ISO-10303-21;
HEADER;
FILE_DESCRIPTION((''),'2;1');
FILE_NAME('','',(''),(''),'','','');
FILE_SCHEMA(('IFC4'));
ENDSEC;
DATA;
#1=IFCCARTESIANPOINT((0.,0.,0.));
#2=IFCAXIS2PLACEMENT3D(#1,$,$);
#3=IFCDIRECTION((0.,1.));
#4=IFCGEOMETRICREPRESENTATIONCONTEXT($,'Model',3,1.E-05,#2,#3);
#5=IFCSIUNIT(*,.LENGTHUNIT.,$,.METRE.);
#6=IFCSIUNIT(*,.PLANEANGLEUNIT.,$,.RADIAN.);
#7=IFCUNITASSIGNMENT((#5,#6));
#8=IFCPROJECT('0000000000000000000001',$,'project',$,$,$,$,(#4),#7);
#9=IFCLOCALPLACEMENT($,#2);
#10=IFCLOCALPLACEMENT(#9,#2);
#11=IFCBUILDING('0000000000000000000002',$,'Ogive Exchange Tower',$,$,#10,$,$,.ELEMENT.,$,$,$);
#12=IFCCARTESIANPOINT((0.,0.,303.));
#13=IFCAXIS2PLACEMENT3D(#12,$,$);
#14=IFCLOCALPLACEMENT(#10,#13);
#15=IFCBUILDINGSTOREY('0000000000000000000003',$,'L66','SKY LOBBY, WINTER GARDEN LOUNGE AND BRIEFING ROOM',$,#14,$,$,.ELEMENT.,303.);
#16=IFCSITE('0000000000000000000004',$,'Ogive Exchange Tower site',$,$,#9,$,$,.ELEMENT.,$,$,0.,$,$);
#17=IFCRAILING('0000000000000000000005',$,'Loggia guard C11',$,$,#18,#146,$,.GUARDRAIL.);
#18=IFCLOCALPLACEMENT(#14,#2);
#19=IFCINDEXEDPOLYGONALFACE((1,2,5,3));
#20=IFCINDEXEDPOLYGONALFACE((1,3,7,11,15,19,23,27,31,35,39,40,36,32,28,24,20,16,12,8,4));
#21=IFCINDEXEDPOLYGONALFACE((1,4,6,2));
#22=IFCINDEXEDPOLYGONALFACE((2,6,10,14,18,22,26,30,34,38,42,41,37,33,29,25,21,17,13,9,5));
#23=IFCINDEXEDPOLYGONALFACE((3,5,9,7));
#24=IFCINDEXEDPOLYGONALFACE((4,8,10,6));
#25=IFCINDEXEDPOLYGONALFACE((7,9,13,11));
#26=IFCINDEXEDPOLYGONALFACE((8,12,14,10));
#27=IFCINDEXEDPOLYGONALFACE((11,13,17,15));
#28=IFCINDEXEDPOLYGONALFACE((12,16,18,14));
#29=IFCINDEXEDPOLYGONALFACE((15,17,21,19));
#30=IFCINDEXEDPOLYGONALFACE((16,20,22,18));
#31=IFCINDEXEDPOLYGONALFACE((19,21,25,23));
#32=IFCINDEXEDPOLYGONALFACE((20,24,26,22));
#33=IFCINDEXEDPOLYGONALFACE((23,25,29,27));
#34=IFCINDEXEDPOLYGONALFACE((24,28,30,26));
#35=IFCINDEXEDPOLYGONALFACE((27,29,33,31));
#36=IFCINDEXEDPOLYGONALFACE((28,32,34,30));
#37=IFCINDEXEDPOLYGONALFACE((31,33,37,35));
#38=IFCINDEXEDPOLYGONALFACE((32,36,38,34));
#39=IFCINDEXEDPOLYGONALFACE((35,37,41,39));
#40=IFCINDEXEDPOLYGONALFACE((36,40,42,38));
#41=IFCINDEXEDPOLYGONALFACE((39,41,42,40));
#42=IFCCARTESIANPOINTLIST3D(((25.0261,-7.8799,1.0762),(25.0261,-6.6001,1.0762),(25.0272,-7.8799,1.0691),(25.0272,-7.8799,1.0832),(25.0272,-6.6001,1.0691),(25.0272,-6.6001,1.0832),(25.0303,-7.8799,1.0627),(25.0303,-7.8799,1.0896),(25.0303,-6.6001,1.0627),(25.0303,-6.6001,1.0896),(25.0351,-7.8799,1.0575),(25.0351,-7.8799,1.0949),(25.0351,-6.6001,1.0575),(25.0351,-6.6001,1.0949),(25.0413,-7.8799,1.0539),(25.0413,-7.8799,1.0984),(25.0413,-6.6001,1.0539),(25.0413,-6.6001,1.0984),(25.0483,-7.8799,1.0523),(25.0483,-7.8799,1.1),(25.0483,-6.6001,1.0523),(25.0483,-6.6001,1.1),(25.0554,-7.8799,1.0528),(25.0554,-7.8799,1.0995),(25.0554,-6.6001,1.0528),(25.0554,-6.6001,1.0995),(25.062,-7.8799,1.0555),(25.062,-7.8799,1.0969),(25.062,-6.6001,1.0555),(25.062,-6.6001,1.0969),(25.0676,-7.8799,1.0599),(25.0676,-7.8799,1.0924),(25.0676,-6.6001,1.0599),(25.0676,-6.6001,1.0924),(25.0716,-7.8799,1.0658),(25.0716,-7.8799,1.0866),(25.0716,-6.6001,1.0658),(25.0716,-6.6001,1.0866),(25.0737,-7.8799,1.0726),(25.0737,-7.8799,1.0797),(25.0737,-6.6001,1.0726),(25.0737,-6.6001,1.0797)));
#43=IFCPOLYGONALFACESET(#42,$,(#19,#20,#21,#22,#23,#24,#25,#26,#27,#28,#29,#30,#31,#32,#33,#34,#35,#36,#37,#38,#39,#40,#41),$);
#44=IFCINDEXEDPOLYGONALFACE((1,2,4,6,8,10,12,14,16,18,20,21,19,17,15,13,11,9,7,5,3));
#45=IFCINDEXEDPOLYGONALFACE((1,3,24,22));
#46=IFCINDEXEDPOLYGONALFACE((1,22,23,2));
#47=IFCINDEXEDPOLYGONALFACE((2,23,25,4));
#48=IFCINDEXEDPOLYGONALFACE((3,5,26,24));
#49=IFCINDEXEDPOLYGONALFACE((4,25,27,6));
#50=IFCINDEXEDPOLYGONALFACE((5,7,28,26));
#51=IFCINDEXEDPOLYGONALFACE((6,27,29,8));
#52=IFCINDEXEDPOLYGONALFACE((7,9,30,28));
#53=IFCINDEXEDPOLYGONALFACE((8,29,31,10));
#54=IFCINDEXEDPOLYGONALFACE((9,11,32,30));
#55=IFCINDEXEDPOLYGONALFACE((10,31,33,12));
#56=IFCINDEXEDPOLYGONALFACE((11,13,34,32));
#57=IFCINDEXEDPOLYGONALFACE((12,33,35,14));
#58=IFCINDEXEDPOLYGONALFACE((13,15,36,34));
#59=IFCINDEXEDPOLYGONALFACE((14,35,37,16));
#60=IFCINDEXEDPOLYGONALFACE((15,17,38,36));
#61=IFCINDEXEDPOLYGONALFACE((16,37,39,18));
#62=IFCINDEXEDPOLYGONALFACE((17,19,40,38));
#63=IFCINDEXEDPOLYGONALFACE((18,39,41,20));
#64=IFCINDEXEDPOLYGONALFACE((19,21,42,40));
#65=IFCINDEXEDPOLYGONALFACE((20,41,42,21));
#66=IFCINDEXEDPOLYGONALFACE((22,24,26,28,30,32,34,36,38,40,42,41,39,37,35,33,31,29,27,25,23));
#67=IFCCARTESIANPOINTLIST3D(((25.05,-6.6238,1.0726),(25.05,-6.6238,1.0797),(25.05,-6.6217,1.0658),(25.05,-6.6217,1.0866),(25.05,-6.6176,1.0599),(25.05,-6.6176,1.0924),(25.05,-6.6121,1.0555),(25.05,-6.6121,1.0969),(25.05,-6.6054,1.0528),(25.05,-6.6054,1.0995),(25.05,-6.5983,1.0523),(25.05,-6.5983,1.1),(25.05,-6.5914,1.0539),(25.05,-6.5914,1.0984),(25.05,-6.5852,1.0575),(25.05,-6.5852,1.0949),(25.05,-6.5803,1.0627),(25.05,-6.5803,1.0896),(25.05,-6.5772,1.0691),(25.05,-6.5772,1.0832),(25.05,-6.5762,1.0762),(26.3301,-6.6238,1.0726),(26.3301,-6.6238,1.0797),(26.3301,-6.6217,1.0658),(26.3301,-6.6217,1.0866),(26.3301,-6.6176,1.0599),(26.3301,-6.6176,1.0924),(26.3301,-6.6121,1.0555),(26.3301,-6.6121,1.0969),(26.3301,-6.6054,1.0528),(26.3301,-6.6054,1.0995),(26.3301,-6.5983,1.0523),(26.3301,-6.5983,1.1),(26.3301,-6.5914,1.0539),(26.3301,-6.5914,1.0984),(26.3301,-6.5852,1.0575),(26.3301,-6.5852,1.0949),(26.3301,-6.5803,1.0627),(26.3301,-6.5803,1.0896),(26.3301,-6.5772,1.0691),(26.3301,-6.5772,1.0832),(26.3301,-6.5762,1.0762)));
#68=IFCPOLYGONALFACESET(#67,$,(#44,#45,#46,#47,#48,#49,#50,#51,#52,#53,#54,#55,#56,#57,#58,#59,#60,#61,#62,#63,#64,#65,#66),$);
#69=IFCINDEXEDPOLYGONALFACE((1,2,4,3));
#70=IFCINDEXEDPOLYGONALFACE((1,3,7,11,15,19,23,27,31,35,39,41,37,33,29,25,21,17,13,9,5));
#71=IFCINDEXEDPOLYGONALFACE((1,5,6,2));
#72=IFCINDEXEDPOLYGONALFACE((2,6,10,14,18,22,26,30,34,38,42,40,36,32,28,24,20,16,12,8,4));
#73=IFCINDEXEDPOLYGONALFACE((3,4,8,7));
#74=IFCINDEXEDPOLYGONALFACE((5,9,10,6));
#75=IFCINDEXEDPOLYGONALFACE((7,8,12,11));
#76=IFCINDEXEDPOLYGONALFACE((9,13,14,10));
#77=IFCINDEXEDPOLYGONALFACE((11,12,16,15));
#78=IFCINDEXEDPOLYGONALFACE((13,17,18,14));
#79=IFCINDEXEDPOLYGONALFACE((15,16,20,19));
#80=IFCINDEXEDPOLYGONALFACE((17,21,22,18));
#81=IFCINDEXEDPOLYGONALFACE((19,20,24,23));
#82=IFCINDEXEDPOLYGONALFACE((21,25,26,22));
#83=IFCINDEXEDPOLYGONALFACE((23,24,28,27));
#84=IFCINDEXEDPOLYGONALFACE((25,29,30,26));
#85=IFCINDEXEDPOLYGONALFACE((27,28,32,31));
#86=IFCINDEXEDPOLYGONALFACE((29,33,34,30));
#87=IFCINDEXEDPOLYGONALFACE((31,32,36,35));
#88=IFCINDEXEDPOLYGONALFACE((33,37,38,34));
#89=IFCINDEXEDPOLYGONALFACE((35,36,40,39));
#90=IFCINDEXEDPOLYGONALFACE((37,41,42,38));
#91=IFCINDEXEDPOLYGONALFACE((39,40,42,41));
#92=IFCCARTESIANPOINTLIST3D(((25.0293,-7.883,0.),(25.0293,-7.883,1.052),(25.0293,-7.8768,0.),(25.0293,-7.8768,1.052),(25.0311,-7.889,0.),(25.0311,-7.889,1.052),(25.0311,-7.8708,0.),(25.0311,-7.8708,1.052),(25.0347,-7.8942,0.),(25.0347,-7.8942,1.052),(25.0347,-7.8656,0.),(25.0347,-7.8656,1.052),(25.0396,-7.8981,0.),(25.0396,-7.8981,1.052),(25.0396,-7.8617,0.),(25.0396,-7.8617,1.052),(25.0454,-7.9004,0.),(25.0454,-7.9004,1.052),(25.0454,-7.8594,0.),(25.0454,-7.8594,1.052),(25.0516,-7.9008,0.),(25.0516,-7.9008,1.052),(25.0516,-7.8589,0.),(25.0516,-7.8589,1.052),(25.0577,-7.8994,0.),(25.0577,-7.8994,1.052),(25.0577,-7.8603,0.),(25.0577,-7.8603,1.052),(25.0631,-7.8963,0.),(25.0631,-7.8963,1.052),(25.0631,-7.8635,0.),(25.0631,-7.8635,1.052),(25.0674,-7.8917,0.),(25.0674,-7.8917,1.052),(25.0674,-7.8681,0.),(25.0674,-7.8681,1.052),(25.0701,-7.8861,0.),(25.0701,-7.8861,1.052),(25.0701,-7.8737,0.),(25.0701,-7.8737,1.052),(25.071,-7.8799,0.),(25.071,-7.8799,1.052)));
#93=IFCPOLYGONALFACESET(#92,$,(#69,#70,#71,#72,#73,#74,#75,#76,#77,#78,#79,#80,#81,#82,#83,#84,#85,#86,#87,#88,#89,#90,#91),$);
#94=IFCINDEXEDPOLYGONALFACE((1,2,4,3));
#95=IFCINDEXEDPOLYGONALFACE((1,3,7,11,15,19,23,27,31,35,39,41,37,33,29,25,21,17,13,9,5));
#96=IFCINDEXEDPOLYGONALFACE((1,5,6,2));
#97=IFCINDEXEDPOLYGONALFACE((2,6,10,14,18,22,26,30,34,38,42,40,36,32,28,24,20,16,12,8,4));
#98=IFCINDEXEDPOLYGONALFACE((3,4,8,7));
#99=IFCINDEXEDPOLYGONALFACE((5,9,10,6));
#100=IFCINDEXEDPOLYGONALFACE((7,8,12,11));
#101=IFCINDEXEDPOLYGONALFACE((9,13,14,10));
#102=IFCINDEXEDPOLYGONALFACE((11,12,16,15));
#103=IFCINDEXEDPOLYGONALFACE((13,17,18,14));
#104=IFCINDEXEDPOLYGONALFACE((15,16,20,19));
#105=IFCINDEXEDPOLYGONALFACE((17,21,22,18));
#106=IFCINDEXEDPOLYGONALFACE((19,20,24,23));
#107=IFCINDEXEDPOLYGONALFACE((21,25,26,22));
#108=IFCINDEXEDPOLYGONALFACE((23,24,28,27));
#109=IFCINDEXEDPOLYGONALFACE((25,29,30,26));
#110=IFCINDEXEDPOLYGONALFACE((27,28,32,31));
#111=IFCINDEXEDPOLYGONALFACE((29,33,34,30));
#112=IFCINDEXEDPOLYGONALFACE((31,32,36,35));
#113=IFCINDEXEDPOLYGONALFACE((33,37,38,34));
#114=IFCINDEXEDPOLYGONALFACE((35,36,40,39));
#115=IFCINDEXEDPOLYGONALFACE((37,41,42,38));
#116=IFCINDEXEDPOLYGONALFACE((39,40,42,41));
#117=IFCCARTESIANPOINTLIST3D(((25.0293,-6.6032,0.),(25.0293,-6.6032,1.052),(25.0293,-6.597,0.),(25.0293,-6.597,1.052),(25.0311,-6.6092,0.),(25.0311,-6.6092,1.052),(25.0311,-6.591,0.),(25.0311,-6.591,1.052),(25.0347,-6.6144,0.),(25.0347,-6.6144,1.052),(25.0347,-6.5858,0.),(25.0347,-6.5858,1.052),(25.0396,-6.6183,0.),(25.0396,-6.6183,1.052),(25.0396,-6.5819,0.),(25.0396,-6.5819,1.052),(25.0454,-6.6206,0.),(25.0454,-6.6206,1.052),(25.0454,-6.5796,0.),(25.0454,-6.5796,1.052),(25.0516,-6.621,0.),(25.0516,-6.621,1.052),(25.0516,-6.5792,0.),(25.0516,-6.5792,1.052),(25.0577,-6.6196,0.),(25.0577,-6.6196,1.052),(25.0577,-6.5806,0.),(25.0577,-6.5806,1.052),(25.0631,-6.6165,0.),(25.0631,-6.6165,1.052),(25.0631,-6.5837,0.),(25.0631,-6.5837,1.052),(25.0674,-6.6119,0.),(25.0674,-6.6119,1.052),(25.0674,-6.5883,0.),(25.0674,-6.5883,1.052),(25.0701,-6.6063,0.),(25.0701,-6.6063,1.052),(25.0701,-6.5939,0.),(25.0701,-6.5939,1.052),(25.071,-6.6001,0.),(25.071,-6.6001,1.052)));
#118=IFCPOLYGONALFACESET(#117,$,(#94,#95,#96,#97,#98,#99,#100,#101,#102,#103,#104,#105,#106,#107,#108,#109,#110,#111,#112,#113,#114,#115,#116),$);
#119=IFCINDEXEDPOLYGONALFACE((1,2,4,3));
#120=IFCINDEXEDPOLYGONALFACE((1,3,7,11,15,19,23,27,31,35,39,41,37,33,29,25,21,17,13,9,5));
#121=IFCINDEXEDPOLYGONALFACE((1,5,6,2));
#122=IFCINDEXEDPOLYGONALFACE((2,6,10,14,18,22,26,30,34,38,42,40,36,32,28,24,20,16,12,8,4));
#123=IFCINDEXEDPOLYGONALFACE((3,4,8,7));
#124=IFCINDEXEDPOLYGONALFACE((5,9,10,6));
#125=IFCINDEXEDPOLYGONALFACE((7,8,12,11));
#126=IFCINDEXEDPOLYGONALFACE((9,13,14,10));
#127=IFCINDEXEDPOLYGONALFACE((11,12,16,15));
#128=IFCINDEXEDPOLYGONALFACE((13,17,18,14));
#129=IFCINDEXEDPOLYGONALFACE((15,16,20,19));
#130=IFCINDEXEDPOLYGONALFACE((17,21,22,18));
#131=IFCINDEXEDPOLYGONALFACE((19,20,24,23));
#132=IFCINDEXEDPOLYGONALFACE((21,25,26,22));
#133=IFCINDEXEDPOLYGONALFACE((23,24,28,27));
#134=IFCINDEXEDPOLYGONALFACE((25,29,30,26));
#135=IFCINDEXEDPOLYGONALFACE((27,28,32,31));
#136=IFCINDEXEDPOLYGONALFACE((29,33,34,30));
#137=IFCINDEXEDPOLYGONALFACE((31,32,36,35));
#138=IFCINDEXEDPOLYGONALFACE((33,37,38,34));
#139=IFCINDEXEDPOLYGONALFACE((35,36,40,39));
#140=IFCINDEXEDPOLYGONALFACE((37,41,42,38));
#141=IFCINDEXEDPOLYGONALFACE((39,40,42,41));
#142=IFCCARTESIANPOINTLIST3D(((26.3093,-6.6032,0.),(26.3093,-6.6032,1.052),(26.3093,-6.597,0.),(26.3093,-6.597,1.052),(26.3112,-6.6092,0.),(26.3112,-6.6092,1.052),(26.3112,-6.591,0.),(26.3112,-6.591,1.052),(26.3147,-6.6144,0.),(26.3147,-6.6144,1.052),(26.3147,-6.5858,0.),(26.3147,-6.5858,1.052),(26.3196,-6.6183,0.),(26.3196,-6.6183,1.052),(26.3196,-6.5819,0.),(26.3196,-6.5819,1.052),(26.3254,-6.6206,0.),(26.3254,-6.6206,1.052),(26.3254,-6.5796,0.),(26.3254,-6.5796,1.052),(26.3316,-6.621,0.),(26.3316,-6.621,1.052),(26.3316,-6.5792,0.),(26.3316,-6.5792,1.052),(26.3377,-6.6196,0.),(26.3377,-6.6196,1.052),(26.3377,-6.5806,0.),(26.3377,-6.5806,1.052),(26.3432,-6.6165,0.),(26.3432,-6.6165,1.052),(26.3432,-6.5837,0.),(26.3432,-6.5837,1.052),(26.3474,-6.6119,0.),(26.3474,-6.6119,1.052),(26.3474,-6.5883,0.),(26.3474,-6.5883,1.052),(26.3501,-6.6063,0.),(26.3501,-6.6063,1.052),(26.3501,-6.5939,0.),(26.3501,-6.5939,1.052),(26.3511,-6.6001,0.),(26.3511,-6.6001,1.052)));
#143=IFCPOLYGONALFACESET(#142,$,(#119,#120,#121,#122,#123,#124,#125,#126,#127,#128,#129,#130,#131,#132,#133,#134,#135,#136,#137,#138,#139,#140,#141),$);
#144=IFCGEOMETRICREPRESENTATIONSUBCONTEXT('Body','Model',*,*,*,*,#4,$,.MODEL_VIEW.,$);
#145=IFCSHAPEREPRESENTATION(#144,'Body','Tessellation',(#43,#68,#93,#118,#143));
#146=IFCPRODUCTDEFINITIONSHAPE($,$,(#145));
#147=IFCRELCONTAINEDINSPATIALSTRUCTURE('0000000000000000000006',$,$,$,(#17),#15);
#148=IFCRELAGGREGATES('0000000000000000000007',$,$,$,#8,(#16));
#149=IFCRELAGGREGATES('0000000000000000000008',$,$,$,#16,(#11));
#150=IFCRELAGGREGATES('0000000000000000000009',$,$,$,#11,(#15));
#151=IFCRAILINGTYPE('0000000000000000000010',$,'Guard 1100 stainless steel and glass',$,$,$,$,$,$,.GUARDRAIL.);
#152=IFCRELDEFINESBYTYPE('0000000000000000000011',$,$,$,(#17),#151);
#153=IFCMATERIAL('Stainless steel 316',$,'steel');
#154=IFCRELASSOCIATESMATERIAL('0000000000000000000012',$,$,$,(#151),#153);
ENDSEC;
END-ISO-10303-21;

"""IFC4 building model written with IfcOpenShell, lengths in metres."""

from ifc_helpers import new_model, si_unit, direction, frame, origin, origin_2d, place, context, subcontext, project, spatial, circle, extrude, material, type_object, element, save


model = new_model("IFC4")

# Units and contexts
model_context = context("Model", 3, precision=1e-05, world=origin(), true_north=direction((0.0, 1.0)))
body_context = subcontext(model_context, "Body", "Model", "MODEL_VIEW")
ifc_project = project(units=[si_unit("LENGTHUNIT", "METRE"), si_unit("PLANEANGLEUNIT", "RADIAN")], contexts=[model_context])

# Site, building, storey
site_placement = place(None, origin())
site = spatial("IfcSite", under=ifc_project, at=site_placement, Name="Ogive Exchange Tower site", CompositionType="ELEMENT", RefElevation=0.0)
building_placement = place(site_placement, origin())
building = spatial("IfcBuilding", under=site, at=building_placement, Name="Ogive Exchange Tower", CompositionType="ELEMENT")
storey_placement = place(building_placement, frame((0.0, 0.0, 303.0)))
storey = spatial("IfcBuildingStorey", under=building, at=storey_placement, Name="L66", Description="SKY LOBBY, WINTER GARDEN LOUNGE AND BRIEFING ROOM", CompositionType="ELEMENT", Elevation=303.0)

# Railing
ifc_material_1 = material(Name="Stainless steel 316", Category="steel")
railing_type_1 = type_object("IfcRailingType", Name="Guard 1100 stainless steel and glass", PredefinedType="GUARDRAIL", material=ifc_material_1)
railing_1_placement = place(storey_placement, frame((25.05, -7.8799, 0.0)))
element("IfcRailing", 1, at=railing_1_placement, inside=storey, type_object=railing_type_1, Name="Loggia guard C11", PredefinedType="GUARDRAIL", context=body_context, shape_type="SweptSolid", body=[
    extrude(circle(Radius=0.0239, at=origin_2d()), frame((0.0, 0.0, 1.0762), z_axis=(0.0, 1.0, 0.0), x_axis=(-1.0, 0.0, 0.0)), (0.0, 0.0, 1.0), 1.2798),
    extrude(circle(Radius=0.0239, at=origin_2d()), frame((0.0, 1.2798, 1.0762), z_axis=(1.0, 0.0, 0.0), x_axis=(0.0, 1.0, 0.0)), (0.0, 0.0, 1.0), 1.28),
    extrude(circle(Radius=0.021, at=origin_2d()), origin(), (0.0, 0.0, 1.0), 1.052),
    extrude(circle(Radius=0.021, at=origin_2d()), frame((0.0, 1.2798, 0.0)), (0.0, 0.0, 1.0), 1.052),
    extrude(circle(Radius=0.021, at=origin_2d()), frame((1.28, 1.2798, 0.0)), (0.0, 0.0, 1.0), 1.052),
])

save(model, "model.ifc")
